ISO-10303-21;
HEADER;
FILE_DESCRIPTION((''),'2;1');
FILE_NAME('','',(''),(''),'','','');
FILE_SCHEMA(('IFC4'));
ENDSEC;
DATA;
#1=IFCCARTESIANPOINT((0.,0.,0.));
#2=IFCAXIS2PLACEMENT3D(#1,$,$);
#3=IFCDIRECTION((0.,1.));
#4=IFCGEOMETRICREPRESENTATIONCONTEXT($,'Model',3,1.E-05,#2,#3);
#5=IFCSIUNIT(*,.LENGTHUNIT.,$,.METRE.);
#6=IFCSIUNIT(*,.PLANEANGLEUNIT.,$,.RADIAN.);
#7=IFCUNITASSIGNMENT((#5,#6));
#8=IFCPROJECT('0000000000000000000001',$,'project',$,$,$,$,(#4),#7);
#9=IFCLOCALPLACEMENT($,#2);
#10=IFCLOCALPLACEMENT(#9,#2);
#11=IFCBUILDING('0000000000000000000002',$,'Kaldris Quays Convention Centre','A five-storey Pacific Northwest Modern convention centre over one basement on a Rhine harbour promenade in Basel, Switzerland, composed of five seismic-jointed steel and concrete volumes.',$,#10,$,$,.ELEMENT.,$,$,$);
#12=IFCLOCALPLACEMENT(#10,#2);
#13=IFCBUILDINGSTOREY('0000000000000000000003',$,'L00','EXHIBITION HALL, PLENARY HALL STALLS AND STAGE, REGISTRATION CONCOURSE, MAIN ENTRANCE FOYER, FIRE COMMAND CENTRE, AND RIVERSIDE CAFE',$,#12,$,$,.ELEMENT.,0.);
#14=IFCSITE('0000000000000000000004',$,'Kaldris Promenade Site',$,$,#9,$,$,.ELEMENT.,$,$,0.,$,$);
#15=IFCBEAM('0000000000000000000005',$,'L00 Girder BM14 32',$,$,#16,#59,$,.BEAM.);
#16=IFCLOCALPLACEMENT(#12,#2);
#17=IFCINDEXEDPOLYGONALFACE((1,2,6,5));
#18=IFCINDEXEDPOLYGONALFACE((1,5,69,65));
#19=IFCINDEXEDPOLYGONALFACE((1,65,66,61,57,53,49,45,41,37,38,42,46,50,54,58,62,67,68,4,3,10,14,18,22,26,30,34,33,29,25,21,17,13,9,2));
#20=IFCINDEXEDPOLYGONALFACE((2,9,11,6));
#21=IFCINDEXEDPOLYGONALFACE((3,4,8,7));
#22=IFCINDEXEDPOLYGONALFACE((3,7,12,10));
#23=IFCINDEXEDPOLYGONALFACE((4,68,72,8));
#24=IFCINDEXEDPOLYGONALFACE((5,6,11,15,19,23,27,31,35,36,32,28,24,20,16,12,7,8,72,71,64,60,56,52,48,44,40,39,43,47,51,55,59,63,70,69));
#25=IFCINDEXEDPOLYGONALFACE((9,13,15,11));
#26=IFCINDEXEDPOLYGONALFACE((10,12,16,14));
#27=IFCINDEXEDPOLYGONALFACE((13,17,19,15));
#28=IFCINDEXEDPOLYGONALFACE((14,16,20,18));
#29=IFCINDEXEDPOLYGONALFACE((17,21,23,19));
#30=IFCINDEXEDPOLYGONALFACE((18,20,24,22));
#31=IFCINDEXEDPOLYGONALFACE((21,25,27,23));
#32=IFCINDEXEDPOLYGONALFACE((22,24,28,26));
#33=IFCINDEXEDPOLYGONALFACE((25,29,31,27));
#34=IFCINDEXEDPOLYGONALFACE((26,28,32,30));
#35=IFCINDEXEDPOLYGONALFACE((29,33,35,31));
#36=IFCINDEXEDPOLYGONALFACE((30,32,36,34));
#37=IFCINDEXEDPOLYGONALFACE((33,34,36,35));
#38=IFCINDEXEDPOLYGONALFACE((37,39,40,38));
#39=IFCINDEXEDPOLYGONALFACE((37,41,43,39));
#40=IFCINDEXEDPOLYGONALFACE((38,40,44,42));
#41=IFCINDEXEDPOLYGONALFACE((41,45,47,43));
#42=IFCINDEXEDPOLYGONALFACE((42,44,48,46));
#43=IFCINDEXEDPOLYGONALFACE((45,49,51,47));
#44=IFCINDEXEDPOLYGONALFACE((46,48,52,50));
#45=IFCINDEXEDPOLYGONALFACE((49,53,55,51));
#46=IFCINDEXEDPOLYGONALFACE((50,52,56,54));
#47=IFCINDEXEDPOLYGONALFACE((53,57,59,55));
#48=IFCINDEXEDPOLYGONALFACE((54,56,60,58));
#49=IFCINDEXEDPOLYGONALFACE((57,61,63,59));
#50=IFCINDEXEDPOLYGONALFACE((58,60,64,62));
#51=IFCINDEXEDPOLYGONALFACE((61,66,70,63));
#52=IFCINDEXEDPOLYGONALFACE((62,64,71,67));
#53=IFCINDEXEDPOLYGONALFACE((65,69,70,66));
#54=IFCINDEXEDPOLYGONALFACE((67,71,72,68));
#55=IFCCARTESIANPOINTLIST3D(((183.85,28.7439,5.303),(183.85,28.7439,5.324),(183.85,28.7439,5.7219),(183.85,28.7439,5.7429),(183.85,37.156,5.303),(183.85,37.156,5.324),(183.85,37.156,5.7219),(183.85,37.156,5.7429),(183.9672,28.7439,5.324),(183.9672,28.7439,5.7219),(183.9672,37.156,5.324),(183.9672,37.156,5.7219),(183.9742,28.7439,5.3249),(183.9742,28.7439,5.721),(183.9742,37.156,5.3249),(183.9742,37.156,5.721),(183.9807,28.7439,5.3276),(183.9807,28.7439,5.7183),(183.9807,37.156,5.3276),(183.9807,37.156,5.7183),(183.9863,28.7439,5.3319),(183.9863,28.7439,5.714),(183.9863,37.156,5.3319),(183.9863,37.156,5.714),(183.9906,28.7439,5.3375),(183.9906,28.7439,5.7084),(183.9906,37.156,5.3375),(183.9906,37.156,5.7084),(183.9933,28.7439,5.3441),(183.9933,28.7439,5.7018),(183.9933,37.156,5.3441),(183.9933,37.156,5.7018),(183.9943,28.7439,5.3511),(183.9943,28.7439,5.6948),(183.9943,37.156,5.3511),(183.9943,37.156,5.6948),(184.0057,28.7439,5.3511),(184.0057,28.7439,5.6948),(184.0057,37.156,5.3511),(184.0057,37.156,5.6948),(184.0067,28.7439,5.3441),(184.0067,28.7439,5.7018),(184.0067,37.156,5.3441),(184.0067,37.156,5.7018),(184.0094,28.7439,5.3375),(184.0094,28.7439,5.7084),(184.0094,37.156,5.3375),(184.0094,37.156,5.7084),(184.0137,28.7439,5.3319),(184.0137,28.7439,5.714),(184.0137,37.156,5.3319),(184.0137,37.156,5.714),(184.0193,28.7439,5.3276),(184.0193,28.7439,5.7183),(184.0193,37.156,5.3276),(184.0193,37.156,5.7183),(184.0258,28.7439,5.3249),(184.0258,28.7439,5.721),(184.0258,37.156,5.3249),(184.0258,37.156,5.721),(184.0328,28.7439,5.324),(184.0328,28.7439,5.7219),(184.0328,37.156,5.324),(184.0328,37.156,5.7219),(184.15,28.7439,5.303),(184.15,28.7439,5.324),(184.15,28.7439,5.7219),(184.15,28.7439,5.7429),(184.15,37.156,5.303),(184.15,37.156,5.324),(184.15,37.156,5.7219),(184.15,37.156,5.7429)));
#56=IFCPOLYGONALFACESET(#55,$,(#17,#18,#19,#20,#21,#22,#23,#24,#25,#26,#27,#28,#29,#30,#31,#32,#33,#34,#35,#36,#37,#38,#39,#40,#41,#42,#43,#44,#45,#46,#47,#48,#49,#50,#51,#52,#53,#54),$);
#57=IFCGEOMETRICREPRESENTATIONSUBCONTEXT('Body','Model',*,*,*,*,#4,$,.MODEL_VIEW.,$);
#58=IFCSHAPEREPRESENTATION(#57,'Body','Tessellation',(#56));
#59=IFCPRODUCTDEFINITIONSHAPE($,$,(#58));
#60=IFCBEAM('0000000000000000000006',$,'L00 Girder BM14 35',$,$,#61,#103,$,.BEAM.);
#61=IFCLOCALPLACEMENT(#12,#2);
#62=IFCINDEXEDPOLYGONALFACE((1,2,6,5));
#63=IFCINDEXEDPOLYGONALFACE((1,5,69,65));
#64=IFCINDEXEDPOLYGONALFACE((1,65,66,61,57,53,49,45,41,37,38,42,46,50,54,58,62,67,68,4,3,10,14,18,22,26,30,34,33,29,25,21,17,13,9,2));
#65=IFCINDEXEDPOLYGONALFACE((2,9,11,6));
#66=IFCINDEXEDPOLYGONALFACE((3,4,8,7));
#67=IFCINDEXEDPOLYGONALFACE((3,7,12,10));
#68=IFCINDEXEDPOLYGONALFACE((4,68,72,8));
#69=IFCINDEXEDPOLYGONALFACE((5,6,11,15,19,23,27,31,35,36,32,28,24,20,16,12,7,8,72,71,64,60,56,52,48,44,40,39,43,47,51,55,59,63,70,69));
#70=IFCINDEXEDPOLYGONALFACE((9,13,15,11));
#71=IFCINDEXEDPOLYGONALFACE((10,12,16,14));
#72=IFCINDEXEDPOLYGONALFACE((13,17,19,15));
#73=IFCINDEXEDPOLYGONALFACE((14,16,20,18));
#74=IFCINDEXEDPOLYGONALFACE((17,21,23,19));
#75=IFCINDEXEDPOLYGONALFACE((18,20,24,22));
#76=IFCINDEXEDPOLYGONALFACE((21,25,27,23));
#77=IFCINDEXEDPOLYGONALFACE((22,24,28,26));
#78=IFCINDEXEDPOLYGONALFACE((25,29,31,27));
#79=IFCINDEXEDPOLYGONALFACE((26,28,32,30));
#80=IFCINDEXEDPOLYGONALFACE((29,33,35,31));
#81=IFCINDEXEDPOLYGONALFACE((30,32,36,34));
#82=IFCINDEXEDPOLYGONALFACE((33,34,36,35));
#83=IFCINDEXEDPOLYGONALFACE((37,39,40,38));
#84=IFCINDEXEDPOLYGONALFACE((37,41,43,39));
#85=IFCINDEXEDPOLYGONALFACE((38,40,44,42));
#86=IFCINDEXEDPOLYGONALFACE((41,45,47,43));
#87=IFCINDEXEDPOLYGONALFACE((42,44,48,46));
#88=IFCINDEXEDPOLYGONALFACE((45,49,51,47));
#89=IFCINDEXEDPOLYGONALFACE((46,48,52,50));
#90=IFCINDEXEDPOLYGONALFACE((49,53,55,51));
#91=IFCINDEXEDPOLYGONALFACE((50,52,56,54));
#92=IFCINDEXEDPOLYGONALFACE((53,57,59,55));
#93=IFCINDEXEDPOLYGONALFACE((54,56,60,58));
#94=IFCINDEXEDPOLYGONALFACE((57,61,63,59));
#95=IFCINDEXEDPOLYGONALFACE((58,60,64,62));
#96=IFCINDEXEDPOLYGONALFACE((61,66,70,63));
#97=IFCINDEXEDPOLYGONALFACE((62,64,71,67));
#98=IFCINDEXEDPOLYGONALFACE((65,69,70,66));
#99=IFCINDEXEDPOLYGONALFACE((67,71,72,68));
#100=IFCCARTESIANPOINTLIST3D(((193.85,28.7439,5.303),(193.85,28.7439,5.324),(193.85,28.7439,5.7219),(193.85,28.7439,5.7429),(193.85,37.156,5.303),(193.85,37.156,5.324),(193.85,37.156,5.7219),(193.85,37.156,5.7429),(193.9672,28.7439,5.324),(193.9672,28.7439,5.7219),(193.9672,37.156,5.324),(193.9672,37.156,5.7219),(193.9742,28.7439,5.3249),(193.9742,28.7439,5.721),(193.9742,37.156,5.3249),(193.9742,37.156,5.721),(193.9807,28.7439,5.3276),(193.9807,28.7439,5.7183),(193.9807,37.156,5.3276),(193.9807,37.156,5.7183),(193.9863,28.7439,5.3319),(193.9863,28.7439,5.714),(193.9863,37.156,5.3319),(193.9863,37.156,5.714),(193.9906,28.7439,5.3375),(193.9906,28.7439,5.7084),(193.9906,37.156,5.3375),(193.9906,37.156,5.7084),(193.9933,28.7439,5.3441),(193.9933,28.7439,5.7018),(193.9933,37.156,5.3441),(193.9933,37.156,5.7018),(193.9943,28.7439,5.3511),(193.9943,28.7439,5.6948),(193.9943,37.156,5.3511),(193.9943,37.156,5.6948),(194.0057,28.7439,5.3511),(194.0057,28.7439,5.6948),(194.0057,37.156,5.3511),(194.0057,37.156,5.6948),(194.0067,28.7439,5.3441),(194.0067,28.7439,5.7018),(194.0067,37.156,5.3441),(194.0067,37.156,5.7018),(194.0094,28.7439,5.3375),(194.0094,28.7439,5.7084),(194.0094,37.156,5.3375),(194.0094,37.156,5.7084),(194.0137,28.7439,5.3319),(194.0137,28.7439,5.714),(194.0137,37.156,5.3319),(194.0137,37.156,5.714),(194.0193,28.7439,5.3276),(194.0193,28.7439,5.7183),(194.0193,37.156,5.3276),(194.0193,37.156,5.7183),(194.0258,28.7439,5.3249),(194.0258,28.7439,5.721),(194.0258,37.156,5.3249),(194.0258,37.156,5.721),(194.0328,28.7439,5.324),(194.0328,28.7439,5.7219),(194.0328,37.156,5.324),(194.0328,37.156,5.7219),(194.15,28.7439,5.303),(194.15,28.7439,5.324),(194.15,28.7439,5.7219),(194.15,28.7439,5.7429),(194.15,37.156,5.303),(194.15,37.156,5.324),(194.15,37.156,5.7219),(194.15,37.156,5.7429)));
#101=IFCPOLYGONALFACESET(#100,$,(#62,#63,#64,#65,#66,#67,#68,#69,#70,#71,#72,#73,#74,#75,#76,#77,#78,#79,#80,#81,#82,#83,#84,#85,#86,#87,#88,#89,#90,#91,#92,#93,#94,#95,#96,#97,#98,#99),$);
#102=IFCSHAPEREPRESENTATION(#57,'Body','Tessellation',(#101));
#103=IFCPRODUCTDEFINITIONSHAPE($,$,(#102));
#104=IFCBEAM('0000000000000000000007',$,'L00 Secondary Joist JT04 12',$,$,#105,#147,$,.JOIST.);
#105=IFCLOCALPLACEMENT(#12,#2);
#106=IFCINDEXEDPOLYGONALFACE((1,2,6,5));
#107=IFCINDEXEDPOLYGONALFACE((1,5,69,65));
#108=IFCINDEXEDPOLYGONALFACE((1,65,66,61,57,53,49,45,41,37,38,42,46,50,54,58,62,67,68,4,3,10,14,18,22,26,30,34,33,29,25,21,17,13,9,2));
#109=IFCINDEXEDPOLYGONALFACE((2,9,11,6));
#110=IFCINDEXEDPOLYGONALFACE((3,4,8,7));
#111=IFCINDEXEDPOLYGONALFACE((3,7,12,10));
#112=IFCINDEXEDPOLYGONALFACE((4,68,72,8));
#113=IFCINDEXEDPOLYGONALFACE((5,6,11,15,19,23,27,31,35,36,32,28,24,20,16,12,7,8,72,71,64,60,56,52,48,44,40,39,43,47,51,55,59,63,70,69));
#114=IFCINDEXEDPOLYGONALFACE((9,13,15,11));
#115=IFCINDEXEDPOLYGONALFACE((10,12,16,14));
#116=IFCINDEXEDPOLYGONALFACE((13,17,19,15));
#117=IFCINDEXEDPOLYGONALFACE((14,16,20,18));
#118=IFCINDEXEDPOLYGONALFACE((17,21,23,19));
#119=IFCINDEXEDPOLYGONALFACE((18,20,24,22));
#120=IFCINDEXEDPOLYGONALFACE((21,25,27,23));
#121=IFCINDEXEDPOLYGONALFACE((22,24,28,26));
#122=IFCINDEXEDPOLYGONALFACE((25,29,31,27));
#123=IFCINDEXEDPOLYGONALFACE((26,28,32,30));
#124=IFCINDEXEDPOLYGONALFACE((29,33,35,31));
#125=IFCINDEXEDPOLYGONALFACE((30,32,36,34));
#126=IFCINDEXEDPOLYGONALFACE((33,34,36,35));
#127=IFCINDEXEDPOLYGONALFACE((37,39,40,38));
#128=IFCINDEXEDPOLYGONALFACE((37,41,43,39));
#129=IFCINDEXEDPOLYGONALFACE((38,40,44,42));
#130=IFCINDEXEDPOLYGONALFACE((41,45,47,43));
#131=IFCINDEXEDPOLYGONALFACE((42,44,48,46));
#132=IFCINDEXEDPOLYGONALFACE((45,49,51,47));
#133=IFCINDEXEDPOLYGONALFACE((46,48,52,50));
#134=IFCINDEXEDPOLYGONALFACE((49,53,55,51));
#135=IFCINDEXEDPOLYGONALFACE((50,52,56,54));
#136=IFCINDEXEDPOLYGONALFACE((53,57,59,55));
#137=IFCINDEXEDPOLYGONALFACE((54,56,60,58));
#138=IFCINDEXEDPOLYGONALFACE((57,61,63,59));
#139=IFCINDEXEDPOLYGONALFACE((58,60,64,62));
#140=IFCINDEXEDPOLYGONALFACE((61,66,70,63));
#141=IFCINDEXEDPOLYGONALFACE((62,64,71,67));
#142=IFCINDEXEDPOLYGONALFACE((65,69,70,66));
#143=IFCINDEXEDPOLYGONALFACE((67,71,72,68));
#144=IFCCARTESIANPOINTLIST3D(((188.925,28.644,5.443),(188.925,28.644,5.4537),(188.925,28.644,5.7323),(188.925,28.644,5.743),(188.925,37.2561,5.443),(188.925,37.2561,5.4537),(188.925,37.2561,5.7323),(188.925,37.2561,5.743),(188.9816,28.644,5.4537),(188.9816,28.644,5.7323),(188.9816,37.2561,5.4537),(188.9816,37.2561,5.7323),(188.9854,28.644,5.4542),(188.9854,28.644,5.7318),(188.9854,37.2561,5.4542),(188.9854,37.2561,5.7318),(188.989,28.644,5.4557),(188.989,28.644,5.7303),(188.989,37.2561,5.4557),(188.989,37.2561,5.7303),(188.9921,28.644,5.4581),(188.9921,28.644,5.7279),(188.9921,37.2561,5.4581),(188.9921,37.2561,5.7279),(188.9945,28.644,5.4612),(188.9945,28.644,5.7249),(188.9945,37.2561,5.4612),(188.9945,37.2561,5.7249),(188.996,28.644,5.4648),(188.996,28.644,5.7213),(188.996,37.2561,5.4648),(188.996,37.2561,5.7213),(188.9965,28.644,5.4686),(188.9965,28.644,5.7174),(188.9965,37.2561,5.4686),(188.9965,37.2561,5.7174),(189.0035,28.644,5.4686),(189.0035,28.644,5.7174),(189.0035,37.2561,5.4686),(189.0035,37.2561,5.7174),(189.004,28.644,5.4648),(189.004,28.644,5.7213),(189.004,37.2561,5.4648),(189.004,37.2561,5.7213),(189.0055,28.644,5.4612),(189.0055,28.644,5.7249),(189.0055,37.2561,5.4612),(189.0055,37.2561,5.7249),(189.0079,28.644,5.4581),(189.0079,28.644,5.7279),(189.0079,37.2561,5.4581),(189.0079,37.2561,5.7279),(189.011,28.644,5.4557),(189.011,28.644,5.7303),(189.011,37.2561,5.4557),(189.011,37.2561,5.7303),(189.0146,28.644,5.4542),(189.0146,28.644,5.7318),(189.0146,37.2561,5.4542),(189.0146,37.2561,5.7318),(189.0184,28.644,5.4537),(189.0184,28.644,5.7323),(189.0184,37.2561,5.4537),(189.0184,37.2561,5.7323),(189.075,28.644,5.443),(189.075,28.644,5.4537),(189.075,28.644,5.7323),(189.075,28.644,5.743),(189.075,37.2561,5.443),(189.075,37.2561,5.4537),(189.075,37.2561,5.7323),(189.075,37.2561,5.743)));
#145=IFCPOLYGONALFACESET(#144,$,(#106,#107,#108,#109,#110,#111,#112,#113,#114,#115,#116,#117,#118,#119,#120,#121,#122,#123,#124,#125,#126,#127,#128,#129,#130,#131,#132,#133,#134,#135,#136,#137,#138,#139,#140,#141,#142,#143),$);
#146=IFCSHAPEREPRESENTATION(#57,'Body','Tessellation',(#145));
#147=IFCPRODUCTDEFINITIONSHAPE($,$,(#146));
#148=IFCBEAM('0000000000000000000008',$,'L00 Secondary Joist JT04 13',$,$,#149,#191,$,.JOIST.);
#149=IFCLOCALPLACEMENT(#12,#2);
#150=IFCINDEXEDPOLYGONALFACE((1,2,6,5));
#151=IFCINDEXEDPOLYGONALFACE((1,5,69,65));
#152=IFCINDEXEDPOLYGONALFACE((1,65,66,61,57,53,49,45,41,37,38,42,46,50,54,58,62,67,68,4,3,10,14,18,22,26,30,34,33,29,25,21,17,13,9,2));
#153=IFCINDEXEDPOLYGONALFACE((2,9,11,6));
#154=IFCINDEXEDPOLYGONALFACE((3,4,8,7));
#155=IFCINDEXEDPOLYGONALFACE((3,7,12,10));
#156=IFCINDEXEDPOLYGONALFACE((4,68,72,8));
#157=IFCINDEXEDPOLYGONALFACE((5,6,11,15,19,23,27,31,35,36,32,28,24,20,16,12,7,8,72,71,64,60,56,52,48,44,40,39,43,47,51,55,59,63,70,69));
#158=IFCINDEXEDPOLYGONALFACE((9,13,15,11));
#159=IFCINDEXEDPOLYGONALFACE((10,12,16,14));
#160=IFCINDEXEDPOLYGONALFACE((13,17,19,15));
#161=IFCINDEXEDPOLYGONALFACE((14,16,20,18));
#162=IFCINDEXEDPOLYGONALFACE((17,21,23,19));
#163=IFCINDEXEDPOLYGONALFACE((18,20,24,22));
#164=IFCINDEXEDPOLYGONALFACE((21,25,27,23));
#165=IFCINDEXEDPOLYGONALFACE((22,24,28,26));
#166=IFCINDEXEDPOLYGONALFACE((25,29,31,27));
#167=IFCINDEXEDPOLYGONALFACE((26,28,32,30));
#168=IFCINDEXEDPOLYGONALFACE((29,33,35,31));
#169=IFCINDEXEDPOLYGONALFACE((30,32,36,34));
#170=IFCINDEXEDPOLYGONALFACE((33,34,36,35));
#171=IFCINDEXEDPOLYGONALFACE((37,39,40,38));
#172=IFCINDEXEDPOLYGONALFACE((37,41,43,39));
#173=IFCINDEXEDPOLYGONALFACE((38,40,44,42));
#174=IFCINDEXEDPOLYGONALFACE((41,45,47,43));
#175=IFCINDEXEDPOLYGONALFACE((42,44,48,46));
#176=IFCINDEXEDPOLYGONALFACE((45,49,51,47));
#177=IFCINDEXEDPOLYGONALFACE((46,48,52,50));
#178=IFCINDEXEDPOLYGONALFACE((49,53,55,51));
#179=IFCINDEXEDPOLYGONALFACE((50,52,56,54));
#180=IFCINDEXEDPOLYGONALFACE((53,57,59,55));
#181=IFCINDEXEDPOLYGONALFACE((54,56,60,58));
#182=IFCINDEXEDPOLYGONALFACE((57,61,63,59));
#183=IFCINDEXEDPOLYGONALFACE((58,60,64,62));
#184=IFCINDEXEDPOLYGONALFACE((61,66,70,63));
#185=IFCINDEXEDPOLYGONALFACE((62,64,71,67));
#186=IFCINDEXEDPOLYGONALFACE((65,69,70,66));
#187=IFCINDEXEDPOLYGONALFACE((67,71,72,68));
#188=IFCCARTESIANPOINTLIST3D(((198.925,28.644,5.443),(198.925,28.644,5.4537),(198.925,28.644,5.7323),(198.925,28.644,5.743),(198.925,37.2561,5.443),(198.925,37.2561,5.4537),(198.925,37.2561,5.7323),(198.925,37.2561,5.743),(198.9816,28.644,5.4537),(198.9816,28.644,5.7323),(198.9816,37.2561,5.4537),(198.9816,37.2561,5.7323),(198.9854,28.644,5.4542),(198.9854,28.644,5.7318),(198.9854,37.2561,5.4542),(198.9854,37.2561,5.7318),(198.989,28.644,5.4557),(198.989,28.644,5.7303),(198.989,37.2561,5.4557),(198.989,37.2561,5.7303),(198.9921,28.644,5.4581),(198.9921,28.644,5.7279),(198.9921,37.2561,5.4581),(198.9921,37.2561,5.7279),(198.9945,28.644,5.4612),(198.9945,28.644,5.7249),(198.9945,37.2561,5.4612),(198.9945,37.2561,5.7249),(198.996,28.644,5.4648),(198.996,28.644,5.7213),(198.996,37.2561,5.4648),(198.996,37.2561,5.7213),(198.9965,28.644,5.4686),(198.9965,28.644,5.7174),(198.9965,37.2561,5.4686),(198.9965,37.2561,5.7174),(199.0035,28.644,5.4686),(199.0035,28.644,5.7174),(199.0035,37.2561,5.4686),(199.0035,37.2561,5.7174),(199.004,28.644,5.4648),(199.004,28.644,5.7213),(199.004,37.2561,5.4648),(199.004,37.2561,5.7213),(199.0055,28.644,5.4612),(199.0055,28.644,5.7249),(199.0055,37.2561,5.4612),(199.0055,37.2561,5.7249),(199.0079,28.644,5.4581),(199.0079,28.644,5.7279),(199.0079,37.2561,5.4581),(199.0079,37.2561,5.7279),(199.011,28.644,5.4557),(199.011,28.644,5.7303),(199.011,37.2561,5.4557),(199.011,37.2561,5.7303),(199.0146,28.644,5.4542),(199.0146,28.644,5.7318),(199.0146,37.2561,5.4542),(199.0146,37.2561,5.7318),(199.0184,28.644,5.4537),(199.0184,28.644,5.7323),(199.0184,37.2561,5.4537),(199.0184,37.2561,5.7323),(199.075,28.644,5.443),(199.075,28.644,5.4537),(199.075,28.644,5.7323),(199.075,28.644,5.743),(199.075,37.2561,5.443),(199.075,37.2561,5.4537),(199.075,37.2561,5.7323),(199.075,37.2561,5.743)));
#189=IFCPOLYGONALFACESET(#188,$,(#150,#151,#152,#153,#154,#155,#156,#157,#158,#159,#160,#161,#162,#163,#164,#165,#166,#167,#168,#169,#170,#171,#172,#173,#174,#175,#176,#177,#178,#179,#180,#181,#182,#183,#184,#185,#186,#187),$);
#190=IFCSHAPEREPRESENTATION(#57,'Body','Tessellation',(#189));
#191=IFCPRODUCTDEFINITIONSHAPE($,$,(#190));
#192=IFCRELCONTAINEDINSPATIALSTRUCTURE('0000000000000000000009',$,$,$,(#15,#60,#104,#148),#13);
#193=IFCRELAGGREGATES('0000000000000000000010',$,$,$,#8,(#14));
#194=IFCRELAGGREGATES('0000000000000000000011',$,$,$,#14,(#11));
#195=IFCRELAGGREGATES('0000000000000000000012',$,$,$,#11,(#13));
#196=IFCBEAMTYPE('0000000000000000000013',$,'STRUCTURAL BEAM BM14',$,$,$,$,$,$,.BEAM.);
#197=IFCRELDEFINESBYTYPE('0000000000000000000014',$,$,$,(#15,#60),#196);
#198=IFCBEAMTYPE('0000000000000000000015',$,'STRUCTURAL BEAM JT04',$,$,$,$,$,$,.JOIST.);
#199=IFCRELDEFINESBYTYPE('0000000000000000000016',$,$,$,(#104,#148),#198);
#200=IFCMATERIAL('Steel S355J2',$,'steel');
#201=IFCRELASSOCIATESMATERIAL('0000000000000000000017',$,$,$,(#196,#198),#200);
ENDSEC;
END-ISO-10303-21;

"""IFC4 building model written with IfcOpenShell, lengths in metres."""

from ifc_helpers import new_model, si_unit, direction, frame, origin, origin_2d, place, context, subcontext, project, spatial, i_section, extrude, material, material_profile, profile_set, type_object, element, save


model = new_model("IFC4")

# Units and contexts
model_context = context("Model", 3, precision=1e-05, world=origin(), true_north=direction((0.0, 1.0)))
body_context = subcontext(model_context, "Body", "Model", "MODEL_VIEW")
ifc_project = project(units=[si_unit("LENGTHUNIT", "METRE"), si_unit("PLANEANGLEUNIT", "RADIAN")], contexts=[model_context])

# Site, building, storey
site_placement = place(None, origin())
site = spatial("IfcSite", under=ifc_project, at=site_placement, Name="Kaldris Promenade Site", CompositionType="ELEMENT", RefElevation=0.0)
building_placement = place(site_placement, origin())
building = spatial("IfcBuilding", under=site, at=building_placement, Name="Kaldris Quays Convention Centre", Description="A five-storey Pacific Northwest Modern convention centre over one basement on a Rhine harbour promenade in Basel, Switzerland, composed of five seismic-jointed steel and concrete volumes.", CompositionType="ELEMENT")
storey_placement = place(building_placement, origin())
storey = spatial("IfcBuildingStorey", under=building, at=storey_placement, Name="L00", Description="EXHIBITION HALL, PLENARY HALL STALLS AND STAGE, REGISTRATION CONCOURSE, MAIN ENTRANCE FOYER, FIRE COMMAND CENTRE, AND RIVERSIDE CAFE", CompositionType="ELEMENT", Elevation=0.0)

# Shared definitions
ifc_material_1 = material(Name="Steel S355J2", Category="steel")

# Beams
ifc_material_profile_1 = material_profile(ifc_material_1, i_section(OverallWidth=0.3, OverallDepth=0.4399, WebThickness=0.0115, FlangeThickness=0.021, FilletRadius=0.0271, at=origin_2d()), Name="HEA 450")
ifc_profile_set_1 = profile_set([ifc_material_profile_1], Name="Steel S355J2")
beam_type_1 = type_object("IfcBeamType", Name="STRUCTURAL BEAM BM14", PredefinedType="BEAM", material=ifc_profile_set_1)
for number, where, z_axis, x_axis, name in (
    (1, (184.0, 28.7439, 5.5229), (0.0, 1.0, 0.0), (-1.0, 0.0, 0.0), "L00 Girder BM14 32"),
    (2, (194.0, 28.7439, 5.5229), (0.0, 1.0, 0.0), (-1.0, 0.0, 0.0), "L00 Girder BM14 35"),
):
    element("IfcBeam", number, at=place(storey_placement, frame(where, z_axis=z_axis, x_axis=x_axis)), inside=storey, type_object=beam_type_1, Name=name, PredefinedType="BEAM", context=body_context, shape_type="SweptSolid", body=[
        extrude(i_section(OverallWidth=0.3, OverallDepth=0.4399, WebThickness=0.0115, FlangeThickness=0.021, FilletRadius=0.0271, at=origin_2d()), origin(), (0.0, 0.0, 1.0), 8.4121),
    ])
ifc_material_profile_2 = material_profile(ifc_material_1, i_section(OverallWidth=0.1499, OverallDepth=0.3, WebThickness=0.0071, FlangeThickness=0.0107, FilletRadius=0.0149, at=origin_2d()), Name="IPE 300")
ifc_profile_set_2 = profile_set([ifc_material_profile_2], Name="Steel S355J2")
beam_type_2 = type_object("IfcBeamType", Name="STRUCTURAL BEAM JT04", PredefinedType="JOIST", material=ifc_profile_set_2)
for number, where, z_axis, x_axis, name in (
    (3, (189.0, 28.644, 5.593), (0.0, 1.0, 0.0), (-1.0, 0.0, 0.0), "L00 Secondary Joist JT04 12"),
    (4, (199.0, 28.644, 5.593), (0.0, 1.0, 0.0), (-1.0, 0.0, 0.0), "L00 Secondary Joist JT04 13"),
):
    element("IfcBeam", number, at=place(storey_placement, frame(where, z_axis=z_axis, x_axis=x_axis)), inside=storey, type_object=beam_type_2, Name=name, PredefinedType="JOIST", context=body_context, shape_type="SweptSolid", body=[
        extrude(i_section(OverallWidth=0.1499, OverallDepth=0.3, WebThickness=0.0071, FlangeThickness=0.0107, FilletRadius=0.0149, at=origin_2d()), origin(), (0.0, 0.0, 1.0), 8.6121),
    ])

save(model, "model.ifc")
